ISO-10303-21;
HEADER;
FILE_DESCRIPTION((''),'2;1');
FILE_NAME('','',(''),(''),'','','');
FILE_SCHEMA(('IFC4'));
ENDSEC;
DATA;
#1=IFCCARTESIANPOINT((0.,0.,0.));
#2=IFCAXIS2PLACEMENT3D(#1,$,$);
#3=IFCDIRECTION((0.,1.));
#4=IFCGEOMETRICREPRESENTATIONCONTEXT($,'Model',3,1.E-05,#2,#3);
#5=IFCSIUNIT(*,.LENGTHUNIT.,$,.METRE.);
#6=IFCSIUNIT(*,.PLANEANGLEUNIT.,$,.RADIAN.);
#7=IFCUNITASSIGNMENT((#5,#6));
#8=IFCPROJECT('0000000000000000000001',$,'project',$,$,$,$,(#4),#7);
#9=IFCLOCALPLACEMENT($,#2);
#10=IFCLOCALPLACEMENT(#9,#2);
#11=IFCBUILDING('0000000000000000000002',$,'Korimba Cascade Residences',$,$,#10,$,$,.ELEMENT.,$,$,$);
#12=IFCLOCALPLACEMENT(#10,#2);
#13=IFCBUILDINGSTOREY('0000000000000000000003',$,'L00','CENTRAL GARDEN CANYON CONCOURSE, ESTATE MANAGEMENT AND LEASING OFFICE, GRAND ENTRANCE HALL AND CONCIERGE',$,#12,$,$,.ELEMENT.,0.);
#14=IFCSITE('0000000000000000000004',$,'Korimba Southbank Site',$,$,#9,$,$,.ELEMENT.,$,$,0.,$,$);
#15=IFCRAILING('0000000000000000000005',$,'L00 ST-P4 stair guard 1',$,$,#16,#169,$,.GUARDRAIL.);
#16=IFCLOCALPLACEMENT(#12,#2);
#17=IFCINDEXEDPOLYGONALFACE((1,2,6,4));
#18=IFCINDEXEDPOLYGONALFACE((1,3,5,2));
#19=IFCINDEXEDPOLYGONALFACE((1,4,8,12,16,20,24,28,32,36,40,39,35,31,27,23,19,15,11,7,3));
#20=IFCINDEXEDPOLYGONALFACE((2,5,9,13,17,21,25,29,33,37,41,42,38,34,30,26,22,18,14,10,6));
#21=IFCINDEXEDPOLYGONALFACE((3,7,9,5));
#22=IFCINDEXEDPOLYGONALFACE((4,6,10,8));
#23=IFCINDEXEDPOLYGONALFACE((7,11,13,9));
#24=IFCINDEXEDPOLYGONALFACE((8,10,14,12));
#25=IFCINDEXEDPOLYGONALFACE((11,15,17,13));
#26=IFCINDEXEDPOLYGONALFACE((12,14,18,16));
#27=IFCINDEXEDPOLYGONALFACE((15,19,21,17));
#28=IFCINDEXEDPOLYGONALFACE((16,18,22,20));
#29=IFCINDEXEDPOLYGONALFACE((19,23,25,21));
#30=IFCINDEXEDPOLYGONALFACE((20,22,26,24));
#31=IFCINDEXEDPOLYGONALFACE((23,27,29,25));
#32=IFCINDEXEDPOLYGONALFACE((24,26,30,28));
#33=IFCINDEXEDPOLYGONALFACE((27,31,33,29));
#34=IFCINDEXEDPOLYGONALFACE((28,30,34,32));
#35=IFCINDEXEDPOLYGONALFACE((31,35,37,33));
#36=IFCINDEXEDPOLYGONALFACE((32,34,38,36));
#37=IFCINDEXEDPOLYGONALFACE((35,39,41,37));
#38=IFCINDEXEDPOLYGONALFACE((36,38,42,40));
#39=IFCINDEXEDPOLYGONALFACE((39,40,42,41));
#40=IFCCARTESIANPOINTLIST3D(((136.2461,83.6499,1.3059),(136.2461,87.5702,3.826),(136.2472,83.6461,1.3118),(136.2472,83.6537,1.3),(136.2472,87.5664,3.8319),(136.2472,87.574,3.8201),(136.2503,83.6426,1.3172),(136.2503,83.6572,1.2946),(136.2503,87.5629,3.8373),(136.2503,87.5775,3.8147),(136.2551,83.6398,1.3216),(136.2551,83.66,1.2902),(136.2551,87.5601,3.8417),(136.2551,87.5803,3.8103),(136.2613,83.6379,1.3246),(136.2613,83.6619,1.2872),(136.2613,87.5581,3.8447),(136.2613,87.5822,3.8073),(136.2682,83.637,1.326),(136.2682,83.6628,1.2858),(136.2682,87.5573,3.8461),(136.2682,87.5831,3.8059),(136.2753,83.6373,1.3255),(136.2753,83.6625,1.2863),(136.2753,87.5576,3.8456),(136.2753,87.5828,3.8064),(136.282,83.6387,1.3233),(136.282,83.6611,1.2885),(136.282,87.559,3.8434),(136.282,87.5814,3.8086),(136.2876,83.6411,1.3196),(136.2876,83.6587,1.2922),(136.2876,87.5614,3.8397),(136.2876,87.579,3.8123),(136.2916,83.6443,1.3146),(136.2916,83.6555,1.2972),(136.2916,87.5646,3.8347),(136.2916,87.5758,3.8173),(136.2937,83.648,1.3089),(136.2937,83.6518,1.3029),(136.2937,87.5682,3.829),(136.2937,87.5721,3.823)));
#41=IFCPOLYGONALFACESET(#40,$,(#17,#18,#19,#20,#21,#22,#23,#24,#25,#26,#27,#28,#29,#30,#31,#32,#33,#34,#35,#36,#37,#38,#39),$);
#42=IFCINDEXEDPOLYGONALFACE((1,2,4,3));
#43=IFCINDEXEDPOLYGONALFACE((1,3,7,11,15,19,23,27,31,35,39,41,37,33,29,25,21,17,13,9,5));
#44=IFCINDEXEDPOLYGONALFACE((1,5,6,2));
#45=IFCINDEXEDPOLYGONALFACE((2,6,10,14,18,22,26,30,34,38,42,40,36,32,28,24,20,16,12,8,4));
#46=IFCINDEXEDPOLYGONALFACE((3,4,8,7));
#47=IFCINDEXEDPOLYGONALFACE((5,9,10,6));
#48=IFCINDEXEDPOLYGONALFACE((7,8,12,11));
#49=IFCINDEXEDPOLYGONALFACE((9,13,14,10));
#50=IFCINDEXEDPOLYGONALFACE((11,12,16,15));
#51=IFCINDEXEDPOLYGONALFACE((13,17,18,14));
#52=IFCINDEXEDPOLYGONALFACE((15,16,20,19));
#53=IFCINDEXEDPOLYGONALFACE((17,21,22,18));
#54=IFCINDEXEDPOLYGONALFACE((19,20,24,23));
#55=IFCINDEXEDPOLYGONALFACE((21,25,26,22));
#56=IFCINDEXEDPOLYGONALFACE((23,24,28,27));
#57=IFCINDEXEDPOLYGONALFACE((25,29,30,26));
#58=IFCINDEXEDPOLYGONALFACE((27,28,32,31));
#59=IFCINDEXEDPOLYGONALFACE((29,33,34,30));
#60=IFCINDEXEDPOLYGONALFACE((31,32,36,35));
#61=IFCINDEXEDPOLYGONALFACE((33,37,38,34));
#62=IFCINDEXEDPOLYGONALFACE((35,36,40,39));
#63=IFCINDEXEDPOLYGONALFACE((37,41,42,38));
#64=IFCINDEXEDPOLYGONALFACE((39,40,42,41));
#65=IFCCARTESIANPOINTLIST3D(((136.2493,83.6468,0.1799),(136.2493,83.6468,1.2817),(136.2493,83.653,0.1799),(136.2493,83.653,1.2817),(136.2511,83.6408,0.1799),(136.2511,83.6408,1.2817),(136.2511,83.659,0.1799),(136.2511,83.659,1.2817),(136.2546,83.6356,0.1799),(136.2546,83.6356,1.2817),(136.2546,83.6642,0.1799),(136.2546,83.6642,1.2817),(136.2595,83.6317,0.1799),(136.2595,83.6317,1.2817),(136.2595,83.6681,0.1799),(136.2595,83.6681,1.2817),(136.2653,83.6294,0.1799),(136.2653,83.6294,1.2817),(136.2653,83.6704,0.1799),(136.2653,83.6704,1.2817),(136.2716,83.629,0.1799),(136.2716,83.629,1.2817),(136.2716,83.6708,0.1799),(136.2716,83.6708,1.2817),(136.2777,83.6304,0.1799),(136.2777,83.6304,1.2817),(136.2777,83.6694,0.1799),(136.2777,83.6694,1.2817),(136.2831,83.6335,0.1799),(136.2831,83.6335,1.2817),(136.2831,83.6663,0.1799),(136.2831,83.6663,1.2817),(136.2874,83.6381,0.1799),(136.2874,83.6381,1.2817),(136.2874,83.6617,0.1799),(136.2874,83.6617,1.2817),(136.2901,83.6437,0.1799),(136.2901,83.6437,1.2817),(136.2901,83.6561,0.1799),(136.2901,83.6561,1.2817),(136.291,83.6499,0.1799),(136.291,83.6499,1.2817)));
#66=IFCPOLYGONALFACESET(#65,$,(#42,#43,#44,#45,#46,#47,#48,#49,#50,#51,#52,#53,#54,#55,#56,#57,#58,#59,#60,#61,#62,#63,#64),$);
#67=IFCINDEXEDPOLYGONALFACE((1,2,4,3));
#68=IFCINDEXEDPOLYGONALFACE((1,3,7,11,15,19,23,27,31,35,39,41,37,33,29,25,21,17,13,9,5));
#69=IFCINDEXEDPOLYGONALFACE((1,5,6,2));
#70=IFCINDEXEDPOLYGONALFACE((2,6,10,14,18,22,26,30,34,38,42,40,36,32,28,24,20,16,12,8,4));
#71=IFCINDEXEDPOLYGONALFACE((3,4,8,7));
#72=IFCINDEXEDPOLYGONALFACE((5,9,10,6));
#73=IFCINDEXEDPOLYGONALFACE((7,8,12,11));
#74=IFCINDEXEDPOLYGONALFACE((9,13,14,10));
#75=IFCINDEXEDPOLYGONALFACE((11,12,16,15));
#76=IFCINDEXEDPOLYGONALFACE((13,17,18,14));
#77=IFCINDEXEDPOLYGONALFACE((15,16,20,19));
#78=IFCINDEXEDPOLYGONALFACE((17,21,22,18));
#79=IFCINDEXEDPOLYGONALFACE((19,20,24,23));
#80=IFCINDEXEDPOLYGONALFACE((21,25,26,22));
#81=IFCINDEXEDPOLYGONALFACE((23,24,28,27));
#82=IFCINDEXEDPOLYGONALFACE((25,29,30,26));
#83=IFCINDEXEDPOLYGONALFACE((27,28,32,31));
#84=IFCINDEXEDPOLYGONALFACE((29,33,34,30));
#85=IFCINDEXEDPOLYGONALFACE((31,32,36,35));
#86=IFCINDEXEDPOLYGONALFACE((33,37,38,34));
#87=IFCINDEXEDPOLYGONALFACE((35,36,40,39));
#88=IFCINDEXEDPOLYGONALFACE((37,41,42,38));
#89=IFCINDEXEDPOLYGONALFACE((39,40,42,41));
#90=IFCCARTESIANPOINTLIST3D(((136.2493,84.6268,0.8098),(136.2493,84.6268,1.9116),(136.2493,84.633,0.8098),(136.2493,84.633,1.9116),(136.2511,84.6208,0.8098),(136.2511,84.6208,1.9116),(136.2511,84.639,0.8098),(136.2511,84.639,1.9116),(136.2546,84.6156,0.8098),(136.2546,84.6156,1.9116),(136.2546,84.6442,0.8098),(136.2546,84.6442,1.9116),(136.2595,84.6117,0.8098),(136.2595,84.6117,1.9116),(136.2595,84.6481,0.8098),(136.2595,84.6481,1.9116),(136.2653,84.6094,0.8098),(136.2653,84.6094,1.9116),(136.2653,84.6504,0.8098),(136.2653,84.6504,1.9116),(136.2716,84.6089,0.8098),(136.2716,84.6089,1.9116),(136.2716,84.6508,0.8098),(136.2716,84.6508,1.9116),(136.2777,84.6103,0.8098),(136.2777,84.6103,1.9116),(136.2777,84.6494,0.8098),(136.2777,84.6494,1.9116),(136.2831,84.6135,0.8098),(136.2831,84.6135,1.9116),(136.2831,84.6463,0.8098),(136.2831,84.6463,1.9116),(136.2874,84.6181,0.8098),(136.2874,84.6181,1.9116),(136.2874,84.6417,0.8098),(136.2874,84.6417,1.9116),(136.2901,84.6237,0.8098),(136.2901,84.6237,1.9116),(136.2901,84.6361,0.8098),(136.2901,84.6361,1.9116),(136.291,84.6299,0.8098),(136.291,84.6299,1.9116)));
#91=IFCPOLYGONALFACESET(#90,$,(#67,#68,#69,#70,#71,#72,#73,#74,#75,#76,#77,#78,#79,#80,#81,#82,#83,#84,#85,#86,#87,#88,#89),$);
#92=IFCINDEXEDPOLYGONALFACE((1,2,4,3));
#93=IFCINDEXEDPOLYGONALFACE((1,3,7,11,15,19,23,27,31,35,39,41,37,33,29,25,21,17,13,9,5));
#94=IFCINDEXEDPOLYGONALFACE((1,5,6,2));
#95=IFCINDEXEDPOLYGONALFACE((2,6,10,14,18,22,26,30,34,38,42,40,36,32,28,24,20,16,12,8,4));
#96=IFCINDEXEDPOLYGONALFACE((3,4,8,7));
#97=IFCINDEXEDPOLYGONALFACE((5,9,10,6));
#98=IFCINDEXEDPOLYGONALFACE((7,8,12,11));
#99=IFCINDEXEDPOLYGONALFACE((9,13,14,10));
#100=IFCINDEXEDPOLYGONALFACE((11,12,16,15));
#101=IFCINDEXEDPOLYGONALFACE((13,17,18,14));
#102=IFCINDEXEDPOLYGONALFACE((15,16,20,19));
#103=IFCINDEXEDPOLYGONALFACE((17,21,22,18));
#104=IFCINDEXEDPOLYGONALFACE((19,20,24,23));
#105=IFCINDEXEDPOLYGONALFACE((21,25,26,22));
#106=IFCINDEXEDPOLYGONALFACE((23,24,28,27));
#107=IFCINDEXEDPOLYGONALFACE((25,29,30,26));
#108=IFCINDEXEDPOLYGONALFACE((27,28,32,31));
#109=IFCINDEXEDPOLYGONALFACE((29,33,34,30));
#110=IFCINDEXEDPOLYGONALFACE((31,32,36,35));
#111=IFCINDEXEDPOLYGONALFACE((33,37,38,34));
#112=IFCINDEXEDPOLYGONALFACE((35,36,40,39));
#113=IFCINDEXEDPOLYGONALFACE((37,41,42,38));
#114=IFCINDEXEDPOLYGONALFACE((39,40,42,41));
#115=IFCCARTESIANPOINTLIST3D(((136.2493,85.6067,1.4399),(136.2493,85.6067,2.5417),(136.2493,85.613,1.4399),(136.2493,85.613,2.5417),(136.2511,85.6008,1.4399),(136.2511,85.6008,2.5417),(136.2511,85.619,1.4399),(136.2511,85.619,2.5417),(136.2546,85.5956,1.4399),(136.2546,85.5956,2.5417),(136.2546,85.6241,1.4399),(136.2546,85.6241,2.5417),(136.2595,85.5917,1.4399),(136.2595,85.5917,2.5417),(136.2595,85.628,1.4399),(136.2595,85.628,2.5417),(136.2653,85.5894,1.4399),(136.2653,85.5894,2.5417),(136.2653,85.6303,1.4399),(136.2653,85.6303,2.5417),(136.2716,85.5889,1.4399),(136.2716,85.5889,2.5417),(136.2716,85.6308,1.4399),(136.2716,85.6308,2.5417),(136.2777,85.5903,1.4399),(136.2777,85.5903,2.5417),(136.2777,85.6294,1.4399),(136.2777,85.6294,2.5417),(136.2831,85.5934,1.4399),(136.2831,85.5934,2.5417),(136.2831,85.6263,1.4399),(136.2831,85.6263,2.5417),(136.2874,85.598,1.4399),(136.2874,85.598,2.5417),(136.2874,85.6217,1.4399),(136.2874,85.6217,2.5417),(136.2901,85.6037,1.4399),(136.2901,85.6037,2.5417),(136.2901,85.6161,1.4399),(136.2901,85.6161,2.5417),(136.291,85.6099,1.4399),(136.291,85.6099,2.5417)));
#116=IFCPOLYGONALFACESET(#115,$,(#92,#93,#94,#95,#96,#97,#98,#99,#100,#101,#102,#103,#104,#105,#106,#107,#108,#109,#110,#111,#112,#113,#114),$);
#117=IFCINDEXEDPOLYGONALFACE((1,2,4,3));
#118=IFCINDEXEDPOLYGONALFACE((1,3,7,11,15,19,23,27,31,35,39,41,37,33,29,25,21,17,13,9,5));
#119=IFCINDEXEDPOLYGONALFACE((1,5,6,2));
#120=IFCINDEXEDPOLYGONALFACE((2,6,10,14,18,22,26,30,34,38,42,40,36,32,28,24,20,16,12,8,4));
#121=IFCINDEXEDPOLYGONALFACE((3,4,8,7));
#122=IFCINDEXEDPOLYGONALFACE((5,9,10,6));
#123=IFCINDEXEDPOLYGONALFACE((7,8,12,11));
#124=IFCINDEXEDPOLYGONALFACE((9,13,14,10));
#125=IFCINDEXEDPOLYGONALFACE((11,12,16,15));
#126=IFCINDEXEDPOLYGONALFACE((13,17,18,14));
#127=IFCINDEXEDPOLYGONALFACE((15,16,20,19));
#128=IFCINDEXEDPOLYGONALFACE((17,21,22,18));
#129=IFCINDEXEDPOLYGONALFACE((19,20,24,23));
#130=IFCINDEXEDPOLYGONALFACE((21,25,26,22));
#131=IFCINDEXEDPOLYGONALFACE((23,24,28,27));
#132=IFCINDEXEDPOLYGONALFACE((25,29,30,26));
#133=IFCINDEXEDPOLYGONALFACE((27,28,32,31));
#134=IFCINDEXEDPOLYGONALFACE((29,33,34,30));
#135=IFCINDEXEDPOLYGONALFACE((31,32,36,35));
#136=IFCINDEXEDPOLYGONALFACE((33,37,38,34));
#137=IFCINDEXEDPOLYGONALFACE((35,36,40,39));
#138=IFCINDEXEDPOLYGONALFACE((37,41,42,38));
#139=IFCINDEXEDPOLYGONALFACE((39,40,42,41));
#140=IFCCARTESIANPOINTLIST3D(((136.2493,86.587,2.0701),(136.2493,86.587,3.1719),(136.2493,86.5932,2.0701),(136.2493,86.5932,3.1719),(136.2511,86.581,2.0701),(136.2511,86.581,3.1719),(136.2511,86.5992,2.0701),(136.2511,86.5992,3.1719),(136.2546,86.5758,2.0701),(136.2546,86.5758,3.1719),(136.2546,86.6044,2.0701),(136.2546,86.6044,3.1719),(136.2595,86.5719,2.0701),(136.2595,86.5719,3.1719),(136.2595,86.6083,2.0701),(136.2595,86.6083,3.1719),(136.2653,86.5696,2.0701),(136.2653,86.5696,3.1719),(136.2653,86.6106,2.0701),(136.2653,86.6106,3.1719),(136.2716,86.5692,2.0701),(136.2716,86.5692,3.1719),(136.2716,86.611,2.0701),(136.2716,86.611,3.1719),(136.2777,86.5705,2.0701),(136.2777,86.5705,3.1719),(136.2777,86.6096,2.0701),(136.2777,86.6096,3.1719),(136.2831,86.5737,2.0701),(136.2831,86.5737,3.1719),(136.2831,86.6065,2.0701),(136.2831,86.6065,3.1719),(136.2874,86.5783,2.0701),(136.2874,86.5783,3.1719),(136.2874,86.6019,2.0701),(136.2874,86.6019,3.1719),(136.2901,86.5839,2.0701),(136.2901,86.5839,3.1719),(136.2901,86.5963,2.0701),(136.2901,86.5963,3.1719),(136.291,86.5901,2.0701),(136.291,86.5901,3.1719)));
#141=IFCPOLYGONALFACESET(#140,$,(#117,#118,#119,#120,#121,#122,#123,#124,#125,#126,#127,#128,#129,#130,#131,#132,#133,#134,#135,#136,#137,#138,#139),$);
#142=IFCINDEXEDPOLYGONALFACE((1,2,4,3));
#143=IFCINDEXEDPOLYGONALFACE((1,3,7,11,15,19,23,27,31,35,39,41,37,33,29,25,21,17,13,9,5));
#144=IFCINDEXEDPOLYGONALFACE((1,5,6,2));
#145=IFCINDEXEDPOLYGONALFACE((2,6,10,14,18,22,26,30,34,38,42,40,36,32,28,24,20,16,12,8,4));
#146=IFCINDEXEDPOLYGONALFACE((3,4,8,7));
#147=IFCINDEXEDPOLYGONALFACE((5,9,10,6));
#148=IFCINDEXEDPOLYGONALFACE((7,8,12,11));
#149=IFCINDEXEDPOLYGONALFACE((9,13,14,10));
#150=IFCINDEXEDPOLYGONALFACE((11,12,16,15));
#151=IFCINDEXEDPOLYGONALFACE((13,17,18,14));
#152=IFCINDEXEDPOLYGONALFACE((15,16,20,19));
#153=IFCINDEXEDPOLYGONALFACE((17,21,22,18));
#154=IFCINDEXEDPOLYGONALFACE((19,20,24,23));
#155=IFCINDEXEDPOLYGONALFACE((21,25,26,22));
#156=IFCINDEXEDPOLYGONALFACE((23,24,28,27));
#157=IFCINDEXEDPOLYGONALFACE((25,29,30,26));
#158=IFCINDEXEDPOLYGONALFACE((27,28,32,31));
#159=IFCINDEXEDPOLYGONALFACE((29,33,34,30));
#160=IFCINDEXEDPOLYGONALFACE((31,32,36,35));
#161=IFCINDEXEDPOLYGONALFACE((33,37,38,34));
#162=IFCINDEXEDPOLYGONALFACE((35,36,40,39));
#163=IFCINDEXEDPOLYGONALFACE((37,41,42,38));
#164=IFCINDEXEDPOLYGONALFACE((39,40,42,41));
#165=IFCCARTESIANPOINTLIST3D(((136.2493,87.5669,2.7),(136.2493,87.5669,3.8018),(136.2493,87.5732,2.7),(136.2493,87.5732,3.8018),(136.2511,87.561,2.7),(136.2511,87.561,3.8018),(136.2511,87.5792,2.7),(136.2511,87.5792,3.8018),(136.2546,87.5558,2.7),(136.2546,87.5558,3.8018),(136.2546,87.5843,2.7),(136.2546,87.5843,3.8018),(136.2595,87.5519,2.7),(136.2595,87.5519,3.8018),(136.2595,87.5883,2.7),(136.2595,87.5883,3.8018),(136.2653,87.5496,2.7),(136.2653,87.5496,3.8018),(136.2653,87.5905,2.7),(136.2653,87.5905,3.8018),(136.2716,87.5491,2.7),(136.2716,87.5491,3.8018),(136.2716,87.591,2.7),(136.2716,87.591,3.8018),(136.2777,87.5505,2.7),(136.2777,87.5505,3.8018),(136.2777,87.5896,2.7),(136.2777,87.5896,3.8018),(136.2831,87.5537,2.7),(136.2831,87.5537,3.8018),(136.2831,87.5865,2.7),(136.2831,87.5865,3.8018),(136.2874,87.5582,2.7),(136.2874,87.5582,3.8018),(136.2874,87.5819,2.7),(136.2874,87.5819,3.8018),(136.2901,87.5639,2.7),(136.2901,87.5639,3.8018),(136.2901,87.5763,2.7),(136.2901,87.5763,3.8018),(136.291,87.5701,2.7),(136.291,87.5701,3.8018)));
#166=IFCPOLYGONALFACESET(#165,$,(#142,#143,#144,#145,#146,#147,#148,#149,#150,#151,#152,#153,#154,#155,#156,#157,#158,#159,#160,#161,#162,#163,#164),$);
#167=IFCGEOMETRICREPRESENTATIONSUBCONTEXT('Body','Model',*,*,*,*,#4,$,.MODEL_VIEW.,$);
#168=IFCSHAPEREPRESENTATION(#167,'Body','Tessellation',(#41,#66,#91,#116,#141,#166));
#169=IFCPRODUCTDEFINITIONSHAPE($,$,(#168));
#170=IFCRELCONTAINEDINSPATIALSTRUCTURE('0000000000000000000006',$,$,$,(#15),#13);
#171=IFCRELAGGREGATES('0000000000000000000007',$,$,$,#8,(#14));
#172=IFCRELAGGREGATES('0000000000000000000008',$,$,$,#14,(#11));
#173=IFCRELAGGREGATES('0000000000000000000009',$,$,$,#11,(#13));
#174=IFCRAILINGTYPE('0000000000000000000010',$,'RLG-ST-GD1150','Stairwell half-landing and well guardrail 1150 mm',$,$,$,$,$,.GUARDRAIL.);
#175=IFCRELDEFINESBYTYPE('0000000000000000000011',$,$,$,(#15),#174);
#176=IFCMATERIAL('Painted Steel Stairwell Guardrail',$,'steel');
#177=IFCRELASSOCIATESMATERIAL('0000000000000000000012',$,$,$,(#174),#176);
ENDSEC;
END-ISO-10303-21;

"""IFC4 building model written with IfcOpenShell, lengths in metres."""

from ifc_helpers import new_model, si_unit, direction, frame, origin, origin_2d, place, context, subcontext, project, spatial, circle, extrude, material, type_object, element, save


model = new_model("IFC4")

# Units and contexts
model_context = context("Model", 3, precision=1e-05, world=origin(), true_north=direction((0.0, 1.0)))
body_context = subcontext(model_context, "Body", "Model", "MODEL_VIEW")
ifc_project = project(units=[si_unit("LENGTHUNIT", "METRE"), si_unit("PLANEANGLEUNIT", "RADIAN")], contexts=[model_context])

# Site, building, storey
site_placement = place(None, origin())
site = spatial("IfcSite", under=ifc_project, at=site_placement, Name="Korimba Southbank Site", CompositionType="ELEMENT", RefElevation=0.0)
building_placement = place(site_placement, origin())
building = spatial("IfcBuilding", under=site, at=building_placement, Name="Korimba Cascade Residences", CompositionType="ELEMENT")
storey_placement = place(building_placement, origin())
storey = spatial("IfcBuildingStorey", under=building, at=storey_placement, Name="L00", Description="CENTRAL GARDEN CANYON CONCOURSE, ESTATE MANAGEMENT AND LEASING OFFICE, GRAND ENTRANCE HALL AND CONCIERGE", CompositionType="ELEMENT", Elevation=0.0)

# Railing
ifc_material_1 = material(Name="Painted Steel Stairwell Guardrail", Category="steel")
railing_type = type_object("IfcRailingType", Name="RLG-ST-GD1150", Description="Stairwell half-landing and well guardrail 1150 mm", PredefinedType="GUARDRAIL", material=ifc_material_1)
railing_1_placement = place(storey_placement, frame((136.27, 83.6499, 0.1799)))
element("IfcRailing", 1, at=railing_1_placement, inside=storey, type_object=railing_type, Name="L00 ST-P4 stair guard 1", PredefinedType="GUARDRAIL", context=body_context, shape_type="SweptSolid", body=[
    extrude(circle(Radius=0.0239, at=origin_2d()), frame((0.0, 0.0, 1.126), z_axis=(0.0, 0.841187, 0.540744), x_axis=(-1.0, 0.0, 0.0)), (0.0, 0.0, 1.0), 4.6604),
    extrude(circle(Radius=0.021, at=origin_2d()), origin(), (0.0, 0.0, 1.0), 1.1018),
    extrude(circle(Radius=0.021, at=origin_2d()), frame((0.0, 0.98, 0.6299)), (0.0, 0.0, 1.0), 1.1018),
    extrude(circle(Radius=0.021, at=origin_2d()), frame((0.0, 1.96, 1.26)), (0.0, 0.0, 1.0), 1.1018),
    extrude(circle(Radius=0.021, at=origin_2d()), frame((0.0, 2.9402, 1.8901)), (0.0, 0.0, 1.0), 1.1018),
    extrude(circle(Radius=0.021, at=origin_2d()), frame((0.0, 3.9202, 2.52)), (0.0, 0.0, 1.0), 1.1018),
])

save(model, "model.ifc")
